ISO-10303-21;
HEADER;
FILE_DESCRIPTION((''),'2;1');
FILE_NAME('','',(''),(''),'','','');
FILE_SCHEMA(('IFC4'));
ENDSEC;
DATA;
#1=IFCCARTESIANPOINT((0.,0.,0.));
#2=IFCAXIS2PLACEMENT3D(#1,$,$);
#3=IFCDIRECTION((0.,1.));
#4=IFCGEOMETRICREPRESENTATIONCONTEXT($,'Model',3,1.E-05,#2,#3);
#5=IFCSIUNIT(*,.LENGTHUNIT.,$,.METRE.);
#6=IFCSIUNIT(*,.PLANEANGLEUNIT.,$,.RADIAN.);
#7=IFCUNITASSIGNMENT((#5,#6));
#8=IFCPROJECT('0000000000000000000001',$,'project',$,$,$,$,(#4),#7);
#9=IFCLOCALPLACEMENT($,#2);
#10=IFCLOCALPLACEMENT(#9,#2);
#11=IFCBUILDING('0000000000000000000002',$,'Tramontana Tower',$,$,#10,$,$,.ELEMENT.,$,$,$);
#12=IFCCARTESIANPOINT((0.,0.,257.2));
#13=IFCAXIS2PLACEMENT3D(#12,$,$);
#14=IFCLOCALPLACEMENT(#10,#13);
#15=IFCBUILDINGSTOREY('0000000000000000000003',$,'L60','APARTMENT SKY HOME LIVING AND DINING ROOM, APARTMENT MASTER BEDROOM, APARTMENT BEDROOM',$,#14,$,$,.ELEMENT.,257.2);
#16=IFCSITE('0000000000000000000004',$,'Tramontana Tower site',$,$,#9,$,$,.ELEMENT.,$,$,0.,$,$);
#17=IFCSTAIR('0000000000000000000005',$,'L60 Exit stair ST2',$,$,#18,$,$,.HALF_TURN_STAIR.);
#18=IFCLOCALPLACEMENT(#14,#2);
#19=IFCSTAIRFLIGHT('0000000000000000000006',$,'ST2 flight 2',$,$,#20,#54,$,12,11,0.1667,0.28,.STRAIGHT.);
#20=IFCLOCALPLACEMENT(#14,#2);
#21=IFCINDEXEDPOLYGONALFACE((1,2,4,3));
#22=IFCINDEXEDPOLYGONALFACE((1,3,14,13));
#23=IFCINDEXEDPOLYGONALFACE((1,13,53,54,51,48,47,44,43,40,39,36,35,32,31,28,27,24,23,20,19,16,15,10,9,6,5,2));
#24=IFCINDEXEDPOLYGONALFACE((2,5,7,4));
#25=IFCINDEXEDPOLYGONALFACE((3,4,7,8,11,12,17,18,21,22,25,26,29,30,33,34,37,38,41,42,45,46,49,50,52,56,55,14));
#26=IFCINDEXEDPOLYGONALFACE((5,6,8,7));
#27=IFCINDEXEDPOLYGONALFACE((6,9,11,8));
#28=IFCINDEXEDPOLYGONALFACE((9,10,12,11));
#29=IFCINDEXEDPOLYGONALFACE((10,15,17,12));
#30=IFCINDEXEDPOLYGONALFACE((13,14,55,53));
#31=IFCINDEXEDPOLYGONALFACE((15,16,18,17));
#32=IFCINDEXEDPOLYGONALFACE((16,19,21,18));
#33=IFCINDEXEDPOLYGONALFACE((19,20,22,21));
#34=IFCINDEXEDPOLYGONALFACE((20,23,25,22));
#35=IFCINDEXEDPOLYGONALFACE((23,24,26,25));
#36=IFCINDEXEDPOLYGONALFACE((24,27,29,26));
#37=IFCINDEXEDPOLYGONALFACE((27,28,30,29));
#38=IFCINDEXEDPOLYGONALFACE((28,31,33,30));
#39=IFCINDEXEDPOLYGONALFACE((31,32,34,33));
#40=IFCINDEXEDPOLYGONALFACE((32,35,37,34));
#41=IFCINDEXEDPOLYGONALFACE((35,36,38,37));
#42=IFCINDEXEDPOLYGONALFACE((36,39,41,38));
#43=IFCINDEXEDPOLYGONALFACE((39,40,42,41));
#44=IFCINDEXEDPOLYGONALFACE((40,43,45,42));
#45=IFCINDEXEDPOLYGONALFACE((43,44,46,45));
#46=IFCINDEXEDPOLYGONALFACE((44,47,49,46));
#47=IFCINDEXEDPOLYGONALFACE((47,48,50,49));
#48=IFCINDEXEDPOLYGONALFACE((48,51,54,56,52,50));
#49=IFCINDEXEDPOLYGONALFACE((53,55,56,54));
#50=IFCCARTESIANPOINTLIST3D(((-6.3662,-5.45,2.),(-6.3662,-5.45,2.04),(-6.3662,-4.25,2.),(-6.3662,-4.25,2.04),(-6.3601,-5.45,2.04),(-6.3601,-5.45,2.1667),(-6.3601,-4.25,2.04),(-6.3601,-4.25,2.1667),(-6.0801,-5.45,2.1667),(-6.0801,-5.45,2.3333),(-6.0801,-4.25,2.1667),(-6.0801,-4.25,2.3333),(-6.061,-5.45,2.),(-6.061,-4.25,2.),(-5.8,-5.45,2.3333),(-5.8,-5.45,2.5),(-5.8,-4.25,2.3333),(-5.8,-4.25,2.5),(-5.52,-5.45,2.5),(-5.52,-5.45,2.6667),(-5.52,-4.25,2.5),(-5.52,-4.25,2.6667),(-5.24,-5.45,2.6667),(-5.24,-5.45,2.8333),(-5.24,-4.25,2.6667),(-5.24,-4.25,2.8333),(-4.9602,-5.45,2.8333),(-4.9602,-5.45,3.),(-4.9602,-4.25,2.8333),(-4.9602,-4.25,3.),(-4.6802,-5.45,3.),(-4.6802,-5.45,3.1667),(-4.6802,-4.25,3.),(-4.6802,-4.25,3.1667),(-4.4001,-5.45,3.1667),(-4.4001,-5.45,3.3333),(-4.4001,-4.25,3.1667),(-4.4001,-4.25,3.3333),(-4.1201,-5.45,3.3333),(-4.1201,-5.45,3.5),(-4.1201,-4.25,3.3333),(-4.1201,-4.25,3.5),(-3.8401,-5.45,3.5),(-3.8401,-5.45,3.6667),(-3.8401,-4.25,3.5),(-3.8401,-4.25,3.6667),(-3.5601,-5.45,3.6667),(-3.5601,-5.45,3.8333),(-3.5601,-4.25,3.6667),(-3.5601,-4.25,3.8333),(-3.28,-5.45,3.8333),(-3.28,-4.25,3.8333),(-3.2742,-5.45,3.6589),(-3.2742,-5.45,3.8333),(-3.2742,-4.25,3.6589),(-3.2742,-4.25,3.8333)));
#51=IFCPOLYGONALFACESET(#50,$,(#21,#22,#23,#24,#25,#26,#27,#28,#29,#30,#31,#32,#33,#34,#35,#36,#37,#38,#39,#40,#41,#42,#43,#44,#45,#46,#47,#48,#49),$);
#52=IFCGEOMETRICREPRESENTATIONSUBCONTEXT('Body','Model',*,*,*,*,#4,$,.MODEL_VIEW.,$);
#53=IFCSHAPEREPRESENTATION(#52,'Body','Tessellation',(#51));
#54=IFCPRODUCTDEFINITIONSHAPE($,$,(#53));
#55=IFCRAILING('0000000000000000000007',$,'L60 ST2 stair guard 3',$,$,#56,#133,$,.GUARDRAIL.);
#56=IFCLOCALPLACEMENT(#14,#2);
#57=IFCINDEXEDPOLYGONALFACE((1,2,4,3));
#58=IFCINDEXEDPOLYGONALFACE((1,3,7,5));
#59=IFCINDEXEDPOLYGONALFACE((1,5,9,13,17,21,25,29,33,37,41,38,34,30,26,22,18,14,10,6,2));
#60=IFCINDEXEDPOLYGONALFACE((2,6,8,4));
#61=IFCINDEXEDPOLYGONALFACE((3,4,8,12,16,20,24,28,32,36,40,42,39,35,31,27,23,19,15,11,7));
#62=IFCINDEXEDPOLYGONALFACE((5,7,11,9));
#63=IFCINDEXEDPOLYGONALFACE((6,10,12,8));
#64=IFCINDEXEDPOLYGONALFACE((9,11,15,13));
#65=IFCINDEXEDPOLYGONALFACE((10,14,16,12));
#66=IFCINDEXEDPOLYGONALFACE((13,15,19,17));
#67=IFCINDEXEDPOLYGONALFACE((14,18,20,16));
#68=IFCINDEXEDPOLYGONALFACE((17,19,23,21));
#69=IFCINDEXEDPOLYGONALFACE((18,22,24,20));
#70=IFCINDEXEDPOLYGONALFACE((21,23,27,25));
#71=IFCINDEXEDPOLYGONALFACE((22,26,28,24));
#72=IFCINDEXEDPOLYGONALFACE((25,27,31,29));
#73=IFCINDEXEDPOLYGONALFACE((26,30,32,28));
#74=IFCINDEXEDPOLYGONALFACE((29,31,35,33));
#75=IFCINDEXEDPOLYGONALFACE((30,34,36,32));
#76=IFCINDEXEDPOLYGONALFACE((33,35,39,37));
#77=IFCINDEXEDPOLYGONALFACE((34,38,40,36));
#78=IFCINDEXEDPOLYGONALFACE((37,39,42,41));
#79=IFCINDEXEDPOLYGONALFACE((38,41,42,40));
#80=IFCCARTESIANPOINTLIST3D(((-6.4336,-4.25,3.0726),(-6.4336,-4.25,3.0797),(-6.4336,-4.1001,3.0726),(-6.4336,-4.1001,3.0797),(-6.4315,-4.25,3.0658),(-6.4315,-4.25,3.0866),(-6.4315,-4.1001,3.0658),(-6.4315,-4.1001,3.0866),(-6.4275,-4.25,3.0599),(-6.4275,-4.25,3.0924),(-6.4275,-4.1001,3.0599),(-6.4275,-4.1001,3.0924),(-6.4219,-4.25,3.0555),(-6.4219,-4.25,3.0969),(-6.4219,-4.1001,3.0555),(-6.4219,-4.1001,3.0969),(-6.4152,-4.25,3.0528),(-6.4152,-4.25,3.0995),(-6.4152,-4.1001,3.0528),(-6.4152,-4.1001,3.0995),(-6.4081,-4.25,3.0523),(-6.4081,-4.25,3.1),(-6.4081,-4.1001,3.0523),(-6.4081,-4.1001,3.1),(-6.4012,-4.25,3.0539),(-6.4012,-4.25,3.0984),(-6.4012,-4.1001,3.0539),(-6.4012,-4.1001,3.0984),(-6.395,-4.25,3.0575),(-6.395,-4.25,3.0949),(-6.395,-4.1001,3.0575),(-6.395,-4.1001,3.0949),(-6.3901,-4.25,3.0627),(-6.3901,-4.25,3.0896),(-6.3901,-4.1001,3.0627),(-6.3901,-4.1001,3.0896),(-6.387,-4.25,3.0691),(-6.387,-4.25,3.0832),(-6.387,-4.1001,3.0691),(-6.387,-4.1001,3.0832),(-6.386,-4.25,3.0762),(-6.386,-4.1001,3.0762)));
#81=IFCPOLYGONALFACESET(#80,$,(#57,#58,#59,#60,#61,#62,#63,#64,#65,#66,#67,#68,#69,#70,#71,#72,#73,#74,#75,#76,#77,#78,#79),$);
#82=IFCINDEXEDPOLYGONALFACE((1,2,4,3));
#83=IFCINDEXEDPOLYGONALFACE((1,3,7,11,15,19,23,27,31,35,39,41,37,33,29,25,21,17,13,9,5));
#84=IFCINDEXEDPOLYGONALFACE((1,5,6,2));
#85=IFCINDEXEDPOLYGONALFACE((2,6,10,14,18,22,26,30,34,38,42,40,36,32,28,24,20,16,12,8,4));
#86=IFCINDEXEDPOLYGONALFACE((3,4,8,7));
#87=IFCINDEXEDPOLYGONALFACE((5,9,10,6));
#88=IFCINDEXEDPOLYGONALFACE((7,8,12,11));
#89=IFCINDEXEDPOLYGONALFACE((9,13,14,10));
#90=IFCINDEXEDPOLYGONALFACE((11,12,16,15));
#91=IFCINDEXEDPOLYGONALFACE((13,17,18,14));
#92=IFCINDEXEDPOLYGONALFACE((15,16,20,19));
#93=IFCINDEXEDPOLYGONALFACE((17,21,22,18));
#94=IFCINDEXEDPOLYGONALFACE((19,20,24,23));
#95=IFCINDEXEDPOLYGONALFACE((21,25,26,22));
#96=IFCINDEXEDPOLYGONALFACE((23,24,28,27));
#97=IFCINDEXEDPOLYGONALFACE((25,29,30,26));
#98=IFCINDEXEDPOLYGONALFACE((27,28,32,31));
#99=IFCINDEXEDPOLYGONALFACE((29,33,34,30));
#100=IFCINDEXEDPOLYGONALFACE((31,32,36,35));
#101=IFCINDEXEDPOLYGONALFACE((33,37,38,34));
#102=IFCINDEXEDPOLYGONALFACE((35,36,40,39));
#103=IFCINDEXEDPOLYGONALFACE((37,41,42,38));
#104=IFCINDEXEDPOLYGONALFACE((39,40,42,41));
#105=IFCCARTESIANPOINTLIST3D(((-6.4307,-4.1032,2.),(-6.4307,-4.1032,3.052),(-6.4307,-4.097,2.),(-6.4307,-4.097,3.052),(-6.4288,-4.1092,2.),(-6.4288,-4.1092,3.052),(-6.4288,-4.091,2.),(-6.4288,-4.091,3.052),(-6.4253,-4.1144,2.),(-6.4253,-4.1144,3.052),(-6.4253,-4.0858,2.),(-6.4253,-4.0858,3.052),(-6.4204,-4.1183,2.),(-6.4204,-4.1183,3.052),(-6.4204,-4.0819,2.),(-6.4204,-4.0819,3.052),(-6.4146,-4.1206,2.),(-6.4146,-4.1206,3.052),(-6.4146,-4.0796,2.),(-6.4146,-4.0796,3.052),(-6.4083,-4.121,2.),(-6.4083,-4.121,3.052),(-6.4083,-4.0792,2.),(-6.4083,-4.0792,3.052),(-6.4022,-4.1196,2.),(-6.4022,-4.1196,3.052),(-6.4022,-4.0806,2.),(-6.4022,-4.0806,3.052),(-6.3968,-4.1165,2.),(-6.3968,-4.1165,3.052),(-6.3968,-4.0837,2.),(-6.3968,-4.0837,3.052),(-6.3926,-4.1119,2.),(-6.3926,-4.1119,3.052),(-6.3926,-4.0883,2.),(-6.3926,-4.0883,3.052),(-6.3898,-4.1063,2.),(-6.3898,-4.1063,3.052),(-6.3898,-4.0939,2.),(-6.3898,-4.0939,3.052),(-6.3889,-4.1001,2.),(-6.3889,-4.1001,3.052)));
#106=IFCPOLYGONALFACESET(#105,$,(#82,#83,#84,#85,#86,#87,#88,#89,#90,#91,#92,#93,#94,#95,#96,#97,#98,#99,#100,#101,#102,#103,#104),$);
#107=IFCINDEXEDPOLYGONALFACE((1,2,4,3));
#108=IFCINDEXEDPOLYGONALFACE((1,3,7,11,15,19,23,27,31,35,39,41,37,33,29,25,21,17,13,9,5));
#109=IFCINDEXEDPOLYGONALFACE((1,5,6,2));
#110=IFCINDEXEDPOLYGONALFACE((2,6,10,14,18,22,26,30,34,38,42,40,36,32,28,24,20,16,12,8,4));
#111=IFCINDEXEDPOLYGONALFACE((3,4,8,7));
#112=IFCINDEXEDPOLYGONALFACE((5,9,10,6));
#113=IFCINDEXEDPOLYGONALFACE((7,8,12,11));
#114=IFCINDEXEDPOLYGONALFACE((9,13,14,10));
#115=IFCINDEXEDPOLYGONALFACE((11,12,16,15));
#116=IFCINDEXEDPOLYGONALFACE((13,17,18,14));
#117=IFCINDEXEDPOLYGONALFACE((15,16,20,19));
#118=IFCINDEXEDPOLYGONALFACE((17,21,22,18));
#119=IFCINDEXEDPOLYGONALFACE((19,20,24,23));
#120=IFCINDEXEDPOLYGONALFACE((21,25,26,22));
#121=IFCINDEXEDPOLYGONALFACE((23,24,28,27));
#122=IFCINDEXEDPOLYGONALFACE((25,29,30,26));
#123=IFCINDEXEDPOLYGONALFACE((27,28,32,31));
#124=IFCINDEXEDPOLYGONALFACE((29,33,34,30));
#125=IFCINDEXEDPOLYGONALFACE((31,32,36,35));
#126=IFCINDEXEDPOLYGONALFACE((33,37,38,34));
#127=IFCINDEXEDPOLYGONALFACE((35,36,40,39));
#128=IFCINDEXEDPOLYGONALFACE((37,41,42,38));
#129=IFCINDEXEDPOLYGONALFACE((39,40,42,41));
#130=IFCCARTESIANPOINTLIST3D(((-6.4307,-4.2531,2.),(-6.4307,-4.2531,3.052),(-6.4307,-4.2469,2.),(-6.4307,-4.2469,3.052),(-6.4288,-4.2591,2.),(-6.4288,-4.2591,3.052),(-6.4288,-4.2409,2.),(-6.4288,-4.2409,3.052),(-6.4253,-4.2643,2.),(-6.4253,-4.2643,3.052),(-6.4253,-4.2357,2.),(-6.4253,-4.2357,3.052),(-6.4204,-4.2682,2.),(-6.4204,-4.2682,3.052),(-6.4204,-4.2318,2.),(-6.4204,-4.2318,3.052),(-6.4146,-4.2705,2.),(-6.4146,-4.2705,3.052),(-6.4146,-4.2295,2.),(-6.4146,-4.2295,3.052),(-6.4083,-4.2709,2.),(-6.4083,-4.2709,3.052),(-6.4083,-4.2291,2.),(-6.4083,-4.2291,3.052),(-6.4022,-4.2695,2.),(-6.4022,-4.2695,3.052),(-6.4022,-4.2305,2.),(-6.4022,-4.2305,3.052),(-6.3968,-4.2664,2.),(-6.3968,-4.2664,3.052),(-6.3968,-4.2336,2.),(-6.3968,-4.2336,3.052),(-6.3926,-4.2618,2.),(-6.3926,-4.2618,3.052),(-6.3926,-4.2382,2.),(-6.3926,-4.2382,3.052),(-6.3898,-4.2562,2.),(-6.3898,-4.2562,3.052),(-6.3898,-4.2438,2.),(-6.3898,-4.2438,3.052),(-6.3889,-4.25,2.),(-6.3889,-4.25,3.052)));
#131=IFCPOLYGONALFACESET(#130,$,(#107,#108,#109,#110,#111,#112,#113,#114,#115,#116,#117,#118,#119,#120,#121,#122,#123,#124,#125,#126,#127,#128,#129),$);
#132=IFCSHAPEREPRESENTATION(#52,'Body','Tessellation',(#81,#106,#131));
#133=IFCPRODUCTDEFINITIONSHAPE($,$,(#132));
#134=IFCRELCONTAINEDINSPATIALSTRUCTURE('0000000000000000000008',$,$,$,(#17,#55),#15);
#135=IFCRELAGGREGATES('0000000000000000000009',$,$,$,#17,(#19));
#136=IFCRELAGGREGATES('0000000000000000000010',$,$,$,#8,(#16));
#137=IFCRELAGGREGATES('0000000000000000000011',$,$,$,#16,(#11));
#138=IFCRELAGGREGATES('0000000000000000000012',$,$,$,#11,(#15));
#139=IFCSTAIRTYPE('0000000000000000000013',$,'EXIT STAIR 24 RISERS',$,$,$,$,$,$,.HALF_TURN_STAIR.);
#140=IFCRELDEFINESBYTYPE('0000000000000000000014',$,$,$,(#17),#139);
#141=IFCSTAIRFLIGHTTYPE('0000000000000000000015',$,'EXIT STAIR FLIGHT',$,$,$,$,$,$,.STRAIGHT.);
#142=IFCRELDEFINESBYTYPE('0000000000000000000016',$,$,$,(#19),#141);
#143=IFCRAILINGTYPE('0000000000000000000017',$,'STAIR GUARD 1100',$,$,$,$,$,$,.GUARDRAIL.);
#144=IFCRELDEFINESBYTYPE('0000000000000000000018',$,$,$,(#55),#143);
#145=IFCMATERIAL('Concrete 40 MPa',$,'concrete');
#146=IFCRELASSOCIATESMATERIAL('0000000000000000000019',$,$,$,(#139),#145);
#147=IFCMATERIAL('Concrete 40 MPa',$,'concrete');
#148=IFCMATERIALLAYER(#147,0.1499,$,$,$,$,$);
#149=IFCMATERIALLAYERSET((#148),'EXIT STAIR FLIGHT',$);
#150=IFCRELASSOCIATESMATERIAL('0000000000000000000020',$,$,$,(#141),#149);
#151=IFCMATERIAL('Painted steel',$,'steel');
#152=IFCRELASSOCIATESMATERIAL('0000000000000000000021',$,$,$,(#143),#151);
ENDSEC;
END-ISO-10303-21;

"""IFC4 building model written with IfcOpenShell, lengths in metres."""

from ifc_helpers import new_model, si_unit, direction, frame, origin, origin_2d, place, context, subcontext, project, spatial, polyline, circle, outline, extrude, material, layer, layer_set, type_object, element, aggregate, save


model = new_model("IFC4")

# Units and contexts
model_context = context("Model", 3, precision=1e-05, world=origin(), true_north=direction((0.0, 1.0)))
body_context = subcontext(model_context, "Body", "Model", "MODEL_VIEW")
ifc_project = project(units=[si_unit("LENGTHUNIT", "METRE"), si_unit("PLANEANGLEUNIT", "RADIAN")], contexts=[model_context])

# Site, building, storey
site_placement = place(None, origin())
site = spatial("IfcSite", under=ifc_project, at=site_placement, Name="Tramontana Tower site", CompositionType="ELEMENT", RefElevation=0.0)
building_placement = place(site_placement, origin())
building = spatial("IfcBuilding", under=site, at=building_placement, Name="Tramontana Tower", CompositionType="ELEMENT")
storey_placement = place(building_placement, frame((0.0, 0.0, 257.2)))
storey = spatial("IfcBuildingStorey", under=building, at=storey_placement, Name="L60", Description="APARTMENT SKY HOME LIVING AND DINING ROOM, APARTMENT MASTER BEDROOM, APARTMENT BEDROOM", CompositionType="ELEMENT", Elevation=257.2)

# Stair, stair flight
ifc_material_1 = material(Name="Concrete 40 MPa", Category="concrete")
stair_type = type_object("IfcStairType", Name="EXIT STAIR 24 RISERS", PredefinedType="HALF_TURN_STAIR", material=ifc_material_1)
stair_placement = place(storey_placement, origin())
stair = element("IfcStair", 1, at=stair_placement, inside=storey, type_object=stair_type, Name="L60 Exit stair ST2", PredefinedType="HALF_TURN_STAIR")
ifc_material_2 = material(Name="Concrete 40 MPa", Category="concrete")
ifc_layer_1 = layer(ifc_material_2, 0.1499)
ifc_layer_set_1 = layer_set([ifc_layer_1], Name="EXIT STAIR FLIGHT")
stair_flight_type = type_object("IfcStairFlightType", Name="EXIT STAIR FLIGHT", PredefinedType="STRAIGHT", material=ifc_layer_set_1)
stair_flight_placement = place(storey_placement, frame((-6.3601, -4.8501, 2.0), z_axis=(0.0, 0.0, 1.0), x_axis=(1.0, 0.0, 0.0)))
stair_flight = element("IfcStairFlight", 2, at=stair_flight_placement, type_object=stair_flight_type, Name="ST2 flight 2", NumberOfRisers=12, NumberOfTreads=11, PredefinedType="STRAIGHT", RiserHeight=0.1667, TreadLength=0.28, context=body_context, shape_type="SweptSolid", body=[
    extrude(outline(polyline([(-0.0061, 0.0), (-0.0061, 0.04), (0.0, 0.04), (0.0, 0.1667), (0.28, 0.1667), (0.28, 0.3333), (0.5601, 0.3333), (0.5601, 0.5), (0.8401, 0.5), (0.8401, 0.6667), (1.1201, 0.6667), (1.1201, 0.8333), (1.3999, 0.8333), (1.3999, 1.0), (1.6799, 1.0), (1.6799, 1.1667), (1.96, 1.1667), (1.96, 1.3333), (2.24, 1.3333), (2.24, 1.5), (2.52, 1.5), (2.52, 1.6667), (2.8, 1.6667), (2.8, 1.8333), (3.0801, 1.8333), (3.0859, 1.8333), (3.0859, 1.6589), (0.2991, 0.0), (-0.0061, 0.0)])), frame((0.0, 0.6001, 0.0), z_axis=(0.0, -1.0, 0.0), x_axis=(1.0, 0.0, 0.0)), (0.0, 0.0, 1.0), 1.2),
])
aggregate(stair, [stair_flight])

# Railing
ifc_material_3 = material(Name="Painted steel", Category="steel")
railing_type_1 = type_object("IfcRailingType", Name="STAIR GUARD 1100", PredefinedType="GUARDRAIL", material=ifc_material_3)
railing_1_placement = place(storey_placement, frame((-6.4099, -4.1001, 2.0)))
element("IfcRailing", 3, at=railing_1_placement, inside=storey, type_object=railing_type_1, Name="L60 ST2 stair guard 3", PredefinedType="GUARDRAIL", context=body_context, shape_type="SweptSolid", body=[
    extrude(circle(Radius=0.0239, at=origin_2d()), frame((0.0, 0.0, 1.0762), z_axis=(0.0, -1.0, 0.0), x_axis=(1.0, 0.0, 0.0)), (0.0, 0.0, 1.0), 0.1499),
    extrude(circle(Radius=0.021, at=origin_2d()), origin(), (0.0, 0.0, 1.0), 1.052),
    extrude(circle(Radius=0.021, at=origin_2d()), frame((0.0, -0.1499, 0.0)), (0.0, 0.0, 1.0), 1.052),
])

save(model, "model.ifc")
